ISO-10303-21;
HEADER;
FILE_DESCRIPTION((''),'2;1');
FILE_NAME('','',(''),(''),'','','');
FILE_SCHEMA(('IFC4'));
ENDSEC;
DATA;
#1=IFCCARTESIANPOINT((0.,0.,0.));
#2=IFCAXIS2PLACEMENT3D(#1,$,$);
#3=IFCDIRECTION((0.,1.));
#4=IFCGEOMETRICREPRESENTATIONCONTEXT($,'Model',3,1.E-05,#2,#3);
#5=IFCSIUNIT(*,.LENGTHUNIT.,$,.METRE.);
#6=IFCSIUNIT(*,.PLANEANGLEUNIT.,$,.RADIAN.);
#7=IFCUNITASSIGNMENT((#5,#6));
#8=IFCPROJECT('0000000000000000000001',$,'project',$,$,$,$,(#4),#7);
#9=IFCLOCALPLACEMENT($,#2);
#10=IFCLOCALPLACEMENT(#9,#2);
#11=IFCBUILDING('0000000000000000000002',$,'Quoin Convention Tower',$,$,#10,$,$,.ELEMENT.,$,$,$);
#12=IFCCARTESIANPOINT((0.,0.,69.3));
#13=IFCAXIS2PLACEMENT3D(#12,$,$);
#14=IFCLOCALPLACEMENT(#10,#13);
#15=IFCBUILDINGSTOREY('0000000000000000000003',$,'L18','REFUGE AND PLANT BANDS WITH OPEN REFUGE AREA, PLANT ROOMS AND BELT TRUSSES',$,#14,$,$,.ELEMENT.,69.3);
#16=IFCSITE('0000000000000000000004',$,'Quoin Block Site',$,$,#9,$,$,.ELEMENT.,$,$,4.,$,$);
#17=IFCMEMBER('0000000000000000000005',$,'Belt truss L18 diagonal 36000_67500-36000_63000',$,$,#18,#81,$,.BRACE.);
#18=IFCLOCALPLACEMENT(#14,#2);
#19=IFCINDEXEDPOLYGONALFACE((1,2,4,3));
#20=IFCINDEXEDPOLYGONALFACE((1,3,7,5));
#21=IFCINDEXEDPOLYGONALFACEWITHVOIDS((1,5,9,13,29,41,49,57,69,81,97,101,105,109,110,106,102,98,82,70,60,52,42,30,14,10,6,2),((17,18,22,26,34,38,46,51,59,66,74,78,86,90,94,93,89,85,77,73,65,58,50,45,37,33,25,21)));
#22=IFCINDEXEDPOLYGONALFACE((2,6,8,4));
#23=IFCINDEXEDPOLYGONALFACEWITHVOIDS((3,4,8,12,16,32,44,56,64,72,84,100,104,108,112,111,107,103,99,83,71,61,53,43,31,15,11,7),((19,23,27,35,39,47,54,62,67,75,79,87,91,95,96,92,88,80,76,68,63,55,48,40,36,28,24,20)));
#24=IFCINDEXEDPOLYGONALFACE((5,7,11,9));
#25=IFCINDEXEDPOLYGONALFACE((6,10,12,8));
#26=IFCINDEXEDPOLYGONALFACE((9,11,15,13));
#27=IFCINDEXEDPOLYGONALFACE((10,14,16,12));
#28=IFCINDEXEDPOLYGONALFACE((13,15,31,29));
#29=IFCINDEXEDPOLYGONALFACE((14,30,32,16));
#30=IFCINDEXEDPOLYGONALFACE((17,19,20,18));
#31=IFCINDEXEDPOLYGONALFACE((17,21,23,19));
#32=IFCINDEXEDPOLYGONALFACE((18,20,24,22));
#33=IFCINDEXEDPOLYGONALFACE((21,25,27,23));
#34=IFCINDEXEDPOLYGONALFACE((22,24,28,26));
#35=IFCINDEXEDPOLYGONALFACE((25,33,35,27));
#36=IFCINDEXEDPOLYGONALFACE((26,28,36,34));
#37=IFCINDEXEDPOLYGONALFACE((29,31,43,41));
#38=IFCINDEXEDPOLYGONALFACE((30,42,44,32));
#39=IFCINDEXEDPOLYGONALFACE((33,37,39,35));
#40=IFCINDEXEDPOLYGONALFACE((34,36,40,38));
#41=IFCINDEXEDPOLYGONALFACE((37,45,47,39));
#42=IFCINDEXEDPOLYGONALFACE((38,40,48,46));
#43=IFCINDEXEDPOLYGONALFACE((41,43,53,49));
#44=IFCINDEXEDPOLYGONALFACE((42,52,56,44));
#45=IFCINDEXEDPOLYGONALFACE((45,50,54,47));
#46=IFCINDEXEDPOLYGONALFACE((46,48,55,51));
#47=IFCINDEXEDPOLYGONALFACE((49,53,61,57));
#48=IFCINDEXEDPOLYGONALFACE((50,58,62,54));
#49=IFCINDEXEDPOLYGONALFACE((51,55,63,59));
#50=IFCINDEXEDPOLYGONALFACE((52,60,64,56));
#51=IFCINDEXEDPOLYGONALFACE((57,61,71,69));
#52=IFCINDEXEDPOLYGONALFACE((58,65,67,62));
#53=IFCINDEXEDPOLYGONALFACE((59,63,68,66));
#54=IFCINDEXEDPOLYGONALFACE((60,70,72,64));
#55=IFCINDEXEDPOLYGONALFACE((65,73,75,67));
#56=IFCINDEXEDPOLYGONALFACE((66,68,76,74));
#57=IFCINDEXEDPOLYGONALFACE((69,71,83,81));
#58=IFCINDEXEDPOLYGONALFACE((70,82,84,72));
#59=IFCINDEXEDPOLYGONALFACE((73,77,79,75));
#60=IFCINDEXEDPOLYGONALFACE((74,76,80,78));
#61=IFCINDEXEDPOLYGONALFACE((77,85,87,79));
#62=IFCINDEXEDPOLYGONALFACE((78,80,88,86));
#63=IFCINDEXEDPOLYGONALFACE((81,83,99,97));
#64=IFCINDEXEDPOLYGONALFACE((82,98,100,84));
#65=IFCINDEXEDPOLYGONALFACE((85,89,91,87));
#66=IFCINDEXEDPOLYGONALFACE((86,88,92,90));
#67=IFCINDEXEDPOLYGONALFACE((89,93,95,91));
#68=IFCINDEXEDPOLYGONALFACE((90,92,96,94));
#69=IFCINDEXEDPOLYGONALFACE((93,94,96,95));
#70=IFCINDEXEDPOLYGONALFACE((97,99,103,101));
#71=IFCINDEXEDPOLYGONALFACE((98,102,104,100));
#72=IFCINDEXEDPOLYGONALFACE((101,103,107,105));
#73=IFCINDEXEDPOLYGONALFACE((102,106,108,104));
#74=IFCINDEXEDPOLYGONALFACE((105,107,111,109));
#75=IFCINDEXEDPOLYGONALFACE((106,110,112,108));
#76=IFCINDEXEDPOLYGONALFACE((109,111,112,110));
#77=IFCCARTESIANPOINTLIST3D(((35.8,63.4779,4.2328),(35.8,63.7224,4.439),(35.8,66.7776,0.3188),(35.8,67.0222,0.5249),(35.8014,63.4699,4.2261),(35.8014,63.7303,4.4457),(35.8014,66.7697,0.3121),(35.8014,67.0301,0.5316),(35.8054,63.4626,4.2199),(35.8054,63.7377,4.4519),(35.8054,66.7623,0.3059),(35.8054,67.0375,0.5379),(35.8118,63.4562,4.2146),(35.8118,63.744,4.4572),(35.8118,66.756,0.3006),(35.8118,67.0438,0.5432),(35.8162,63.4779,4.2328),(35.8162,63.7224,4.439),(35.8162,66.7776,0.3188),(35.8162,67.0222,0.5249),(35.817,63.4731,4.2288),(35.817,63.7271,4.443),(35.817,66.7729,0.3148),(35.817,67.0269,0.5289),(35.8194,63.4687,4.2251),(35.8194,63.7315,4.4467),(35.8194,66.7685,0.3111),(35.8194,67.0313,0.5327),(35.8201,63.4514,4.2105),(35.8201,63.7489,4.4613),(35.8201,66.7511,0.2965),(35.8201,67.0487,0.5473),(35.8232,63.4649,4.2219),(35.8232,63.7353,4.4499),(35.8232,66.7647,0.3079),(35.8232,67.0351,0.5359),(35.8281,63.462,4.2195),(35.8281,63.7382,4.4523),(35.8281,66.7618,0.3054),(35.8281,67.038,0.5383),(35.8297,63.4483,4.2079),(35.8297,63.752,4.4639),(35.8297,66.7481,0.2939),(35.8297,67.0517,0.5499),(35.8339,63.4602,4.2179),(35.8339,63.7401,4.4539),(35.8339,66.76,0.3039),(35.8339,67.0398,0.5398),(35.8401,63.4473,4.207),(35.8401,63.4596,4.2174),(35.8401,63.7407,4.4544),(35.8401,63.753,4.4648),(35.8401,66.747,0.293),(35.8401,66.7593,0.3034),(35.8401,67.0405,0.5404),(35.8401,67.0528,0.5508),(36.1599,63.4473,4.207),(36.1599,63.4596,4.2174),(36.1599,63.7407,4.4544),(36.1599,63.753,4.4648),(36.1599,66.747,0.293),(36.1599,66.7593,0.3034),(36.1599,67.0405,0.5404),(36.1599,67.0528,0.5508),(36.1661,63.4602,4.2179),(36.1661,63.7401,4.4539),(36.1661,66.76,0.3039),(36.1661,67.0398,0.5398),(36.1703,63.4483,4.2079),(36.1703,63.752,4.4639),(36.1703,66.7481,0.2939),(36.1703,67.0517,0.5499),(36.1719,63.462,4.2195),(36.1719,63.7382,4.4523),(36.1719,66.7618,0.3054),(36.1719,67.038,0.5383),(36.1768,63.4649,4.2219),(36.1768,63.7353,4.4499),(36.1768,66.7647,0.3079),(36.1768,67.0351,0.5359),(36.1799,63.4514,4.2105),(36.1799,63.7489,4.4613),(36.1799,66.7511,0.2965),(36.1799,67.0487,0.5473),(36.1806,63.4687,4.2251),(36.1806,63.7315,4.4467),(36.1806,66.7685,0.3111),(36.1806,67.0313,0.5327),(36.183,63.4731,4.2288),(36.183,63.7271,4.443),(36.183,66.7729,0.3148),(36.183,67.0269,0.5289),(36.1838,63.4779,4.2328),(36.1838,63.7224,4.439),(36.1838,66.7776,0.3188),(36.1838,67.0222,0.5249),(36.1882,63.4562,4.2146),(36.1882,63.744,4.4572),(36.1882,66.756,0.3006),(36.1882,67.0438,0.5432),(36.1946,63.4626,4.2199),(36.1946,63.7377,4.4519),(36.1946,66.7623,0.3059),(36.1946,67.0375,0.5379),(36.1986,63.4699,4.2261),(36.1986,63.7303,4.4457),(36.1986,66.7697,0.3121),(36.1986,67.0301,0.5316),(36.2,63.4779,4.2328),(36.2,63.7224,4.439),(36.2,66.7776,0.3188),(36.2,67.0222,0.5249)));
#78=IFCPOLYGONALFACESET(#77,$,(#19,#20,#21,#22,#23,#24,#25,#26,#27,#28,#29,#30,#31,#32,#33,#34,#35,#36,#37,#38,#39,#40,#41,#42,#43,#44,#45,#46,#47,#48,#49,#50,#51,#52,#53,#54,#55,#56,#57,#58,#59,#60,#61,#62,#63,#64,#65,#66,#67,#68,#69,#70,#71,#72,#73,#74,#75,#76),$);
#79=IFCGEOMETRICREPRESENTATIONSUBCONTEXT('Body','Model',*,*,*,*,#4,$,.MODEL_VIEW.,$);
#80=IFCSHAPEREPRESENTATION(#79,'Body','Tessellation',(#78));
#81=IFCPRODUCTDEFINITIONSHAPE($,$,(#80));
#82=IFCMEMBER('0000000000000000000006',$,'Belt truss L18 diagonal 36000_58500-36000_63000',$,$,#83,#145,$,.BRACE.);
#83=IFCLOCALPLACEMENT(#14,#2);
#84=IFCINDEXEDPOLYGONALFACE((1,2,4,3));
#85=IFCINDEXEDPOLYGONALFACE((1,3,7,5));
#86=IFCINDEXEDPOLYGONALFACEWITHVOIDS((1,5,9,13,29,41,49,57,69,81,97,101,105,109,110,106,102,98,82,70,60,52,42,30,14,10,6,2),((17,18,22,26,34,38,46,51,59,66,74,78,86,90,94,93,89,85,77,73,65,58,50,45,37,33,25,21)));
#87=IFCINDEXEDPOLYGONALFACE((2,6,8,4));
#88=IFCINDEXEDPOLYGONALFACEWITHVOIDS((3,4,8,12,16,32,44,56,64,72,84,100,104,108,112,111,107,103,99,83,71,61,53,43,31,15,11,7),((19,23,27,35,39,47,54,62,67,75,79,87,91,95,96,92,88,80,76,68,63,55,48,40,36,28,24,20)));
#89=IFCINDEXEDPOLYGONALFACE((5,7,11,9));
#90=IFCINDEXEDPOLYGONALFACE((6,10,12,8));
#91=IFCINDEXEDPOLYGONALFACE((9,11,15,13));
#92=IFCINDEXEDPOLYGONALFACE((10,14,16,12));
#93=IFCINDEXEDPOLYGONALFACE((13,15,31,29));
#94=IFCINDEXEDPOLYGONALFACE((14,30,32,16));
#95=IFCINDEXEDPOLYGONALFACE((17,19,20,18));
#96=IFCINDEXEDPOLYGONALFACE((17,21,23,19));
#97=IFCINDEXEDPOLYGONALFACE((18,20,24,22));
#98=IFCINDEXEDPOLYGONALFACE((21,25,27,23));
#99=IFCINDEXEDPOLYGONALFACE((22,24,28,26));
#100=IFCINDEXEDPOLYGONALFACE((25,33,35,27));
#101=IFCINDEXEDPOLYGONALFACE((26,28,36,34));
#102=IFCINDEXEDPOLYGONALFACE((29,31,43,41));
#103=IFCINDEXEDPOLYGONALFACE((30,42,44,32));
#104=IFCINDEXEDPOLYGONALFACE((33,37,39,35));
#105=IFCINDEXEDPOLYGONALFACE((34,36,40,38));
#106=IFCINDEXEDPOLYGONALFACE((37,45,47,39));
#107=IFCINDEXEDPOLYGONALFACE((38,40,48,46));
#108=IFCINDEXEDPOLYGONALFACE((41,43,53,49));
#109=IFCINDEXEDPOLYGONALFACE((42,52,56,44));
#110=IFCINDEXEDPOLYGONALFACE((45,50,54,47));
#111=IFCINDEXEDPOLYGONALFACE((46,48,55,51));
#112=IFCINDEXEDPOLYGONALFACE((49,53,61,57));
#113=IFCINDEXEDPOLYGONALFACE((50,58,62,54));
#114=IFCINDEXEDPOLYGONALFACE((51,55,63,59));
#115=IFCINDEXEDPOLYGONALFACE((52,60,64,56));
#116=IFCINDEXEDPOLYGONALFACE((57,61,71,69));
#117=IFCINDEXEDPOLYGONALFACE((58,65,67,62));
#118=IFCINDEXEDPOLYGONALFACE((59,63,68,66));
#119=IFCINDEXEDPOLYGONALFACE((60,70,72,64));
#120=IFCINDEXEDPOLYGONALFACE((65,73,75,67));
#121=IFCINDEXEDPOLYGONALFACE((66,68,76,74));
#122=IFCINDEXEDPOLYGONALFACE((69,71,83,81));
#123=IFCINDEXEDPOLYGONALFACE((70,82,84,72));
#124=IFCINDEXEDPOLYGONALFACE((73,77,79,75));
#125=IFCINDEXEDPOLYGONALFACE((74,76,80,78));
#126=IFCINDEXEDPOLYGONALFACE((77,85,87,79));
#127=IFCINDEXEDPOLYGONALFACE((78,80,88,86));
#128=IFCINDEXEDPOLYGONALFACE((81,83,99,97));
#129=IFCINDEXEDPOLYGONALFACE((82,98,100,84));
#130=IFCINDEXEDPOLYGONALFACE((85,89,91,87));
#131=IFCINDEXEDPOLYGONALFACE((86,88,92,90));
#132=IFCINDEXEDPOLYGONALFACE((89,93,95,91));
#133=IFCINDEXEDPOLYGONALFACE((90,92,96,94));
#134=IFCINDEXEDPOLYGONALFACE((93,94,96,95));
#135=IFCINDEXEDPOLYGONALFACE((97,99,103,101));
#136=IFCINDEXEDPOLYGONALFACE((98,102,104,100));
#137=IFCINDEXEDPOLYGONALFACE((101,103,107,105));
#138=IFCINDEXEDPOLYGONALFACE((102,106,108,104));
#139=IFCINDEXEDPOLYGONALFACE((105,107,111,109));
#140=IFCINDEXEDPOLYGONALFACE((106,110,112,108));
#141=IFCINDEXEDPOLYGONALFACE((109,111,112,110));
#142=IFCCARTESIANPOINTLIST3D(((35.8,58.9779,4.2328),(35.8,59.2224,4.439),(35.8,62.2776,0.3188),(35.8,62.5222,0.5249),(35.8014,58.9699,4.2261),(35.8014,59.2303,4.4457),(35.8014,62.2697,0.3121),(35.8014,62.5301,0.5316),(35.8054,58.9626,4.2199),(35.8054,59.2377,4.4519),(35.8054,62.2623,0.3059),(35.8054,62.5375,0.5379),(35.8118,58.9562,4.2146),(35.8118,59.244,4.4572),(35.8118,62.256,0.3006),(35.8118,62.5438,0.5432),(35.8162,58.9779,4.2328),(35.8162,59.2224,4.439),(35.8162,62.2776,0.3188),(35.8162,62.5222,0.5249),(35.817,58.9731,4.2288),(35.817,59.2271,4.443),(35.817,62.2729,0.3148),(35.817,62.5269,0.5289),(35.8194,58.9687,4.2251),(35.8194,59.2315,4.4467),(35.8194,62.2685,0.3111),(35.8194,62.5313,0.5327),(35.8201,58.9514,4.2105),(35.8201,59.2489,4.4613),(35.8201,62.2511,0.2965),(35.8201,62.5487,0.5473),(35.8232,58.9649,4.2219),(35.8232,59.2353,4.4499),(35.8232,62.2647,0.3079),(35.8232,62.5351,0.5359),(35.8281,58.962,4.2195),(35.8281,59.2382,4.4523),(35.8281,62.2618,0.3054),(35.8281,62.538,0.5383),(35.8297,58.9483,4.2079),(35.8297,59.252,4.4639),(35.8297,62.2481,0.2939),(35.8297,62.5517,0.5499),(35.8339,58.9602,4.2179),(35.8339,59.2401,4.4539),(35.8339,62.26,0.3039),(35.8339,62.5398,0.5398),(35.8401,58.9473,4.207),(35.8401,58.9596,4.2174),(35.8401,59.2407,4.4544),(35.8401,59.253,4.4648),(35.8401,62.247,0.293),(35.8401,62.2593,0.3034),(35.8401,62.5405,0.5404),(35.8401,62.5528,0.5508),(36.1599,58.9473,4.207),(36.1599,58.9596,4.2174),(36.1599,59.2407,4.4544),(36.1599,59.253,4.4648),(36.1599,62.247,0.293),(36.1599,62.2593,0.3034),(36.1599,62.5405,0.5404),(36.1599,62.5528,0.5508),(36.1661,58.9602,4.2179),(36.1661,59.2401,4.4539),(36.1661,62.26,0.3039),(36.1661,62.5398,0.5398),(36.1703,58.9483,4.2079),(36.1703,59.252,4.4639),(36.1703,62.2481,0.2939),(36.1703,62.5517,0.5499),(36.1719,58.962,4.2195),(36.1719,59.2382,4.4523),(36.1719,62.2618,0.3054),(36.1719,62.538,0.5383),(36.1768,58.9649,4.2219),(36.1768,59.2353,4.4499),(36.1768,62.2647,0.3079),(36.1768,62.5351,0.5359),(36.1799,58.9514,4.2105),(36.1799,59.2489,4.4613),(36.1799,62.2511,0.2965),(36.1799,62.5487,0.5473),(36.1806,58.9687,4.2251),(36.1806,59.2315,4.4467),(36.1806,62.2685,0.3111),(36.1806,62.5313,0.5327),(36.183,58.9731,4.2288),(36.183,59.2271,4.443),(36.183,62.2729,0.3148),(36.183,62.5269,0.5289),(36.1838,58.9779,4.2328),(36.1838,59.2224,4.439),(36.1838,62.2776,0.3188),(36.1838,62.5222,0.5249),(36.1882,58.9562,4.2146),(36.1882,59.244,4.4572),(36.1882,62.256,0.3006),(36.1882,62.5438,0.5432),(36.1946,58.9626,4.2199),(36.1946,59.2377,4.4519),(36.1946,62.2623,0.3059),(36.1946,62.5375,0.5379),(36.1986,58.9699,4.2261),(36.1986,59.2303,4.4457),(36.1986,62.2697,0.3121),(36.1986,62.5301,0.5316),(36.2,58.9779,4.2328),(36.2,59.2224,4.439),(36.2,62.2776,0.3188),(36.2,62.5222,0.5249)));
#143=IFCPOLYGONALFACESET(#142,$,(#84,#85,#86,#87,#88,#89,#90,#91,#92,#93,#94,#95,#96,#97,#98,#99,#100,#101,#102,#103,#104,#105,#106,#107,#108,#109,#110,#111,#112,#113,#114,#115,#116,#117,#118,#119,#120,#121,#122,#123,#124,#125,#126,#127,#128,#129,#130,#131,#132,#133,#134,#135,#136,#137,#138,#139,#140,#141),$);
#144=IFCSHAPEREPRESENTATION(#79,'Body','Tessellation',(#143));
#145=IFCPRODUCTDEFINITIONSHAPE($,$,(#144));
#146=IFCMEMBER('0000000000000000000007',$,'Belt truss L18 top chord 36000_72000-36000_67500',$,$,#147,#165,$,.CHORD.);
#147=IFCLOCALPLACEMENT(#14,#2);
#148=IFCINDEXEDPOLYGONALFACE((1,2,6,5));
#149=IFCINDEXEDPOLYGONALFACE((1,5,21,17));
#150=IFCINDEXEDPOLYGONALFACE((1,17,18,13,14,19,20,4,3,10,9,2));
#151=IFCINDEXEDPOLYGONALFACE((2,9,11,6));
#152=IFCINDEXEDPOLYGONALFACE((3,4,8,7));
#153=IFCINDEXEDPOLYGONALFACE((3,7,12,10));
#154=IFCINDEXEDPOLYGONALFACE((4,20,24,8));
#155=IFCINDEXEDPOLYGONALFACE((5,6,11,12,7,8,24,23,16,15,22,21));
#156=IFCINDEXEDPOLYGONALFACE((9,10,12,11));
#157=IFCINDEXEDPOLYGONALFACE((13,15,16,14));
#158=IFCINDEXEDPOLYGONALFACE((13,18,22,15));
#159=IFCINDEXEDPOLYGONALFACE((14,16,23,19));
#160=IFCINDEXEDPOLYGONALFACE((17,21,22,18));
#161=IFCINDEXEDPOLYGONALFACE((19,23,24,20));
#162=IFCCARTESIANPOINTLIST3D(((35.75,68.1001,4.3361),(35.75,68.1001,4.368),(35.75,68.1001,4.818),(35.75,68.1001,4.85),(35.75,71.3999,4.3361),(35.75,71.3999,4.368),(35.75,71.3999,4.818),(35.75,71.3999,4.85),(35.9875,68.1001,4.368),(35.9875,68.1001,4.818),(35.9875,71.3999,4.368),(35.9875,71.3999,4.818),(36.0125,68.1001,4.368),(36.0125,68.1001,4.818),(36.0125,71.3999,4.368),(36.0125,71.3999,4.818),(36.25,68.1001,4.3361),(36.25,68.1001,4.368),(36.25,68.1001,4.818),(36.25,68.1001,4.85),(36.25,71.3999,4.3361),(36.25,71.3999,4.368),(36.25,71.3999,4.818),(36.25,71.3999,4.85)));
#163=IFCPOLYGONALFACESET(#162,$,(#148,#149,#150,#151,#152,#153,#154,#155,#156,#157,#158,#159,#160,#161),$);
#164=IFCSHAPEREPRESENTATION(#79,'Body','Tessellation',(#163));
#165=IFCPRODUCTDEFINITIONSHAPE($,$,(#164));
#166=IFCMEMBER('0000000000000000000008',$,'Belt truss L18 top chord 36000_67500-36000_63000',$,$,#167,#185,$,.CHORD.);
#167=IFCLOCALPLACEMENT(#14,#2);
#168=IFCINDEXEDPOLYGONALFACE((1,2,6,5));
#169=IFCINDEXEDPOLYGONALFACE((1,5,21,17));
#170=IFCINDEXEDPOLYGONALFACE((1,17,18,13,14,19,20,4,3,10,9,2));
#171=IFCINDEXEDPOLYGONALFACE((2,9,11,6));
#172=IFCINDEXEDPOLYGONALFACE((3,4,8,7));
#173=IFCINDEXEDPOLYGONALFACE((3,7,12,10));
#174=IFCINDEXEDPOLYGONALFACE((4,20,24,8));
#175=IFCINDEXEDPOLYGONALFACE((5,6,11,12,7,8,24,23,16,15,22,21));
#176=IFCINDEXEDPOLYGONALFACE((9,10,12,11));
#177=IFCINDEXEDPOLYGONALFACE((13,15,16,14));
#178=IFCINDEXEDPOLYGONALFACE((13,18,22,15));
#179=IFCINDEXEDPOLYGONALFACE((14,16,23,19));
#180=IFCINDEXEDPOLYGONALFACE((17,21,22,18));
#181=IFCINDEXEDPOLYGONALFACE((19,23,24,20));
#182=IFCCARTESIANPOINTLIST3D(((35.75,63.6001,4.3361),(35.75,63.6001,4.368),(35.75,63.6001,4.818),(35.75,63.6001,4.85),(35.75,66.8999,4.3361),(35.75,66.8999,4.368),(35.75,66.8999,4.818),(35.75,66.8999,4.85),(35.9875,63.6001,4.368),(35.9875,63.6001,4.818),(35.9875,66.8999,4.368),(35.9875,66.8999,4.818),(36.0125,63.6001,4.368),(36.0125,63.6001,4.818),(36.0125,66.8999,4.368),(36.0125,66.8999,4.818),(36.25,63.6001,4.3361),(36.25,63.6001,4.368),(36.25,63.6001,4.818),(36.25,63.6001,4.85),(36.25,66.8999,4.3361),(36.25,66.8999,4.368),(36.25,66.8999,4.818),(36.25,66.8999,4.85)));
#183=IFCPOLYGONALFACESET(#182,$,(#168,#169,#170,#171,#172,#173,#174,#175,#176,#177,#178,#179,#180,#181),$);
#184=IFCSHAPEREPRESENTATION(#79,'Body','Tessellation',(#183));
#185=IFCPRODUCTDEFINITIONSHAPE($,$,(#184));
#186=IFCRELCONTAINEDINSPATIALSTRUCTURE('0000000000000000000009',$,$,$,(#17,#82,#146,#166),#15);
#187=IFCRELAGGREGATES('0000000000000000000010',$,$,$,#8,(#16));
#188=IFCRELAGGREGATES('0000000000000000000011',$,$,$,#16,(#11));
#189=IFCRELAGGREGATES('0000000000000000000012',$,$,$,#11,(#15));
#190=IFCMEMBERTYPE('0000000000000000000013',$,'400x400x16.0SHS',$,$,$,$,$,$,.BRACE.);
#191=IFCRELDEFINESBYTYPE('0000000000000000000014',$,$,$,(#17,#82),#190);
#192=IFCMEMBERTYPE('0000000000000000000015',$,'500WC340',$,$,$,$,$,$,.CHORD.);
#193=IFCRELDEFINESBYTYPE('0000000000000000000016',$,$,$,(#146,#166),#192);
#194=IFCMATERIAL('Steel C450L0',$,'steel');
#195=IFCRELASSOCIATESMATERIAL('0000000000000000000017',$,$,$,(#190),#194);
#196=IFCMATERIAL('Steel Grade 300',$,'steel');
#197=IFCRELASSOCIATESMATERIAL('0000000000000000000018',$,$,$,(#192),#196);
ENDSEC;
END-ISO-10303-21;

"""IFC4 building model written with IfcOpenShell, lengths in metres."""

from ifc_helpers import new_model, si_unit, direction, frame, origin, origin_2d, place, context, subcontext, project, spatial, hollow_rectangle, i_section, extrude, material, material_profile, profile_set, type_object, element, save


model = new_model("IFC4")

# Units and contexts
model_context = context("Model", 3, precision=1e-05, world=origin(), true_north=direction((0.0, 1.0)))
body_context = subcontext(model_context, "Body", "Model", "MODEL_VIEW")
ifc_project = project(units=[si_unit("LENGTHUNIT", "METRE"), si_unit("PLANEANGLEUNIT", "RADIAN")], contexts=[model_context])

# Site, building, storey
site_placement = place(None, origin())
site = spatial("IfcSite", under=ifc_project, at=site_placement, Name="Quoin Block Site", CompositionType="ELEMENT", RefElevation=4.0)
building_placement = place(site_placement, origin())
building = spatial("IfcBuilding", under=site, at=building_placement, Name="Quoin Convention Tower", CompositionType="ELEMENT")
storey_placement = place(building_placement, frame((0.0, 0.0, 69.3)))
storey = spatial("IfcBuildingStorey", under=building, at=storey_placement, Name="L18", Description="REFUGE AND PLANT BANDS WITH OPEN REFUGE AREA, PLANT ROOMS AND BELT TRUSSES", CompositionType="ELEMENT", Elevation=69.3)

# Members
ifc_material_1 = material(Name="Steel Grade 300", Category="steel")
ifc_material_2 = material(Name="Steel C450L0", Category="steel")
ifc_material_profile_1 = material_profile(ifc_material_2, hollow_rectangle(XDim=0.3999, YDim=0.3999, WallThickness=0.0161, InnerFilletRadius=0.0239, OuterFilletRadius=0.04, at=origin_2d()), Name="400x400x16.0SHS")
ifc_profile_set_1 = profile_set([ifc_material_profile_1], Name="Steel C450L0")
member_type_1 = type_object("IfcMemberType", Name="400x400x16.0SHS", PredefinedType="BRACE", material=ifc_profile_set_1)
for number, where, z_axis, x_axis, name in (
    (1, (36.0, 66.8999, 0.4219), (0.0, -0.644564, 0.76455), (1.0, 0.0, 0.0), "Belt truss L18 diagonal 36000_67500-36000_63000"),
    (2, (36.0, 62.3999, 0.4219), (0.0, -0.644564, 0.76455), (1.0, 0.0, 0.0), "Belt truss L18 diagonal 36000_58500-36000_63000"),
):
    element("IfcMember", number, at=place(storey_placement, frame(where, z_axis=z_axis, x_axis=x_axis)), inside=storey, type_object=member_type_1, Name=name, PredefinedType="BRACE", context=body_context, shape_type="SweptSolid", body=[
        extrude(hollow_rectangle(XDim=0.3999, YDim=0.3999, WallThickness=0.0161, InnerFilletRadius=0.0239, OuterFilletRadius=0.04, at=origin_2d()), origin(), (0.0, 0.0, 1.0), 5.1194),
    ])
ifc_material_profile_2 = material_profile(ifc_material_1, i_section(OverallWidth=0.5, OverallDepth=0.5139, WebThickness=0.0249, FlangeThickness=0.032, at=origin_2d()), Name="500WC340")
ifc_profile_set_2 = profile_set([ifc_material_profile_2], Name="Steel Grade 300")
member_type_2 = type_object("IfcMemberType", Name="500WC340", PredefinedType="CHORD", material=ifc_profile_set_2)
for number, where, z_axis, x_axis, name in (
    (3, (36.0, 71.3999, 4.593), (0.0, -1.0, 0.0), (1.0, 0.0, 0.0), "Belt truss L18 top chord 36000_72000-36000_67500"),
    (4, (36.0, 66.8999, 4.593), (0.0, -1.0, 0.0), (1.0, 0.0, 0.0), "Belt truss L18 top chord 36000_67500-36000_63000"),
):
    element("IfcMember", number, at=place(storey_placement, frame(where, z_axis=z_axis, x_axis=x_axis)), inside=storey, type_object=member_type_2, Name=name, PredefinedType="CHORD", context=body_context, shape_type="SweptSolid", body=[
        extrude(i_section(OverallWidth=0.5, OverallDepth=0.5139, WebThickness=0.0249, FlangeThickness=0.032, at=origin_2d()), origin(), (0.0, 0.0, 1.0), 3.2998),
    ])

save(model, "model.ifc")
